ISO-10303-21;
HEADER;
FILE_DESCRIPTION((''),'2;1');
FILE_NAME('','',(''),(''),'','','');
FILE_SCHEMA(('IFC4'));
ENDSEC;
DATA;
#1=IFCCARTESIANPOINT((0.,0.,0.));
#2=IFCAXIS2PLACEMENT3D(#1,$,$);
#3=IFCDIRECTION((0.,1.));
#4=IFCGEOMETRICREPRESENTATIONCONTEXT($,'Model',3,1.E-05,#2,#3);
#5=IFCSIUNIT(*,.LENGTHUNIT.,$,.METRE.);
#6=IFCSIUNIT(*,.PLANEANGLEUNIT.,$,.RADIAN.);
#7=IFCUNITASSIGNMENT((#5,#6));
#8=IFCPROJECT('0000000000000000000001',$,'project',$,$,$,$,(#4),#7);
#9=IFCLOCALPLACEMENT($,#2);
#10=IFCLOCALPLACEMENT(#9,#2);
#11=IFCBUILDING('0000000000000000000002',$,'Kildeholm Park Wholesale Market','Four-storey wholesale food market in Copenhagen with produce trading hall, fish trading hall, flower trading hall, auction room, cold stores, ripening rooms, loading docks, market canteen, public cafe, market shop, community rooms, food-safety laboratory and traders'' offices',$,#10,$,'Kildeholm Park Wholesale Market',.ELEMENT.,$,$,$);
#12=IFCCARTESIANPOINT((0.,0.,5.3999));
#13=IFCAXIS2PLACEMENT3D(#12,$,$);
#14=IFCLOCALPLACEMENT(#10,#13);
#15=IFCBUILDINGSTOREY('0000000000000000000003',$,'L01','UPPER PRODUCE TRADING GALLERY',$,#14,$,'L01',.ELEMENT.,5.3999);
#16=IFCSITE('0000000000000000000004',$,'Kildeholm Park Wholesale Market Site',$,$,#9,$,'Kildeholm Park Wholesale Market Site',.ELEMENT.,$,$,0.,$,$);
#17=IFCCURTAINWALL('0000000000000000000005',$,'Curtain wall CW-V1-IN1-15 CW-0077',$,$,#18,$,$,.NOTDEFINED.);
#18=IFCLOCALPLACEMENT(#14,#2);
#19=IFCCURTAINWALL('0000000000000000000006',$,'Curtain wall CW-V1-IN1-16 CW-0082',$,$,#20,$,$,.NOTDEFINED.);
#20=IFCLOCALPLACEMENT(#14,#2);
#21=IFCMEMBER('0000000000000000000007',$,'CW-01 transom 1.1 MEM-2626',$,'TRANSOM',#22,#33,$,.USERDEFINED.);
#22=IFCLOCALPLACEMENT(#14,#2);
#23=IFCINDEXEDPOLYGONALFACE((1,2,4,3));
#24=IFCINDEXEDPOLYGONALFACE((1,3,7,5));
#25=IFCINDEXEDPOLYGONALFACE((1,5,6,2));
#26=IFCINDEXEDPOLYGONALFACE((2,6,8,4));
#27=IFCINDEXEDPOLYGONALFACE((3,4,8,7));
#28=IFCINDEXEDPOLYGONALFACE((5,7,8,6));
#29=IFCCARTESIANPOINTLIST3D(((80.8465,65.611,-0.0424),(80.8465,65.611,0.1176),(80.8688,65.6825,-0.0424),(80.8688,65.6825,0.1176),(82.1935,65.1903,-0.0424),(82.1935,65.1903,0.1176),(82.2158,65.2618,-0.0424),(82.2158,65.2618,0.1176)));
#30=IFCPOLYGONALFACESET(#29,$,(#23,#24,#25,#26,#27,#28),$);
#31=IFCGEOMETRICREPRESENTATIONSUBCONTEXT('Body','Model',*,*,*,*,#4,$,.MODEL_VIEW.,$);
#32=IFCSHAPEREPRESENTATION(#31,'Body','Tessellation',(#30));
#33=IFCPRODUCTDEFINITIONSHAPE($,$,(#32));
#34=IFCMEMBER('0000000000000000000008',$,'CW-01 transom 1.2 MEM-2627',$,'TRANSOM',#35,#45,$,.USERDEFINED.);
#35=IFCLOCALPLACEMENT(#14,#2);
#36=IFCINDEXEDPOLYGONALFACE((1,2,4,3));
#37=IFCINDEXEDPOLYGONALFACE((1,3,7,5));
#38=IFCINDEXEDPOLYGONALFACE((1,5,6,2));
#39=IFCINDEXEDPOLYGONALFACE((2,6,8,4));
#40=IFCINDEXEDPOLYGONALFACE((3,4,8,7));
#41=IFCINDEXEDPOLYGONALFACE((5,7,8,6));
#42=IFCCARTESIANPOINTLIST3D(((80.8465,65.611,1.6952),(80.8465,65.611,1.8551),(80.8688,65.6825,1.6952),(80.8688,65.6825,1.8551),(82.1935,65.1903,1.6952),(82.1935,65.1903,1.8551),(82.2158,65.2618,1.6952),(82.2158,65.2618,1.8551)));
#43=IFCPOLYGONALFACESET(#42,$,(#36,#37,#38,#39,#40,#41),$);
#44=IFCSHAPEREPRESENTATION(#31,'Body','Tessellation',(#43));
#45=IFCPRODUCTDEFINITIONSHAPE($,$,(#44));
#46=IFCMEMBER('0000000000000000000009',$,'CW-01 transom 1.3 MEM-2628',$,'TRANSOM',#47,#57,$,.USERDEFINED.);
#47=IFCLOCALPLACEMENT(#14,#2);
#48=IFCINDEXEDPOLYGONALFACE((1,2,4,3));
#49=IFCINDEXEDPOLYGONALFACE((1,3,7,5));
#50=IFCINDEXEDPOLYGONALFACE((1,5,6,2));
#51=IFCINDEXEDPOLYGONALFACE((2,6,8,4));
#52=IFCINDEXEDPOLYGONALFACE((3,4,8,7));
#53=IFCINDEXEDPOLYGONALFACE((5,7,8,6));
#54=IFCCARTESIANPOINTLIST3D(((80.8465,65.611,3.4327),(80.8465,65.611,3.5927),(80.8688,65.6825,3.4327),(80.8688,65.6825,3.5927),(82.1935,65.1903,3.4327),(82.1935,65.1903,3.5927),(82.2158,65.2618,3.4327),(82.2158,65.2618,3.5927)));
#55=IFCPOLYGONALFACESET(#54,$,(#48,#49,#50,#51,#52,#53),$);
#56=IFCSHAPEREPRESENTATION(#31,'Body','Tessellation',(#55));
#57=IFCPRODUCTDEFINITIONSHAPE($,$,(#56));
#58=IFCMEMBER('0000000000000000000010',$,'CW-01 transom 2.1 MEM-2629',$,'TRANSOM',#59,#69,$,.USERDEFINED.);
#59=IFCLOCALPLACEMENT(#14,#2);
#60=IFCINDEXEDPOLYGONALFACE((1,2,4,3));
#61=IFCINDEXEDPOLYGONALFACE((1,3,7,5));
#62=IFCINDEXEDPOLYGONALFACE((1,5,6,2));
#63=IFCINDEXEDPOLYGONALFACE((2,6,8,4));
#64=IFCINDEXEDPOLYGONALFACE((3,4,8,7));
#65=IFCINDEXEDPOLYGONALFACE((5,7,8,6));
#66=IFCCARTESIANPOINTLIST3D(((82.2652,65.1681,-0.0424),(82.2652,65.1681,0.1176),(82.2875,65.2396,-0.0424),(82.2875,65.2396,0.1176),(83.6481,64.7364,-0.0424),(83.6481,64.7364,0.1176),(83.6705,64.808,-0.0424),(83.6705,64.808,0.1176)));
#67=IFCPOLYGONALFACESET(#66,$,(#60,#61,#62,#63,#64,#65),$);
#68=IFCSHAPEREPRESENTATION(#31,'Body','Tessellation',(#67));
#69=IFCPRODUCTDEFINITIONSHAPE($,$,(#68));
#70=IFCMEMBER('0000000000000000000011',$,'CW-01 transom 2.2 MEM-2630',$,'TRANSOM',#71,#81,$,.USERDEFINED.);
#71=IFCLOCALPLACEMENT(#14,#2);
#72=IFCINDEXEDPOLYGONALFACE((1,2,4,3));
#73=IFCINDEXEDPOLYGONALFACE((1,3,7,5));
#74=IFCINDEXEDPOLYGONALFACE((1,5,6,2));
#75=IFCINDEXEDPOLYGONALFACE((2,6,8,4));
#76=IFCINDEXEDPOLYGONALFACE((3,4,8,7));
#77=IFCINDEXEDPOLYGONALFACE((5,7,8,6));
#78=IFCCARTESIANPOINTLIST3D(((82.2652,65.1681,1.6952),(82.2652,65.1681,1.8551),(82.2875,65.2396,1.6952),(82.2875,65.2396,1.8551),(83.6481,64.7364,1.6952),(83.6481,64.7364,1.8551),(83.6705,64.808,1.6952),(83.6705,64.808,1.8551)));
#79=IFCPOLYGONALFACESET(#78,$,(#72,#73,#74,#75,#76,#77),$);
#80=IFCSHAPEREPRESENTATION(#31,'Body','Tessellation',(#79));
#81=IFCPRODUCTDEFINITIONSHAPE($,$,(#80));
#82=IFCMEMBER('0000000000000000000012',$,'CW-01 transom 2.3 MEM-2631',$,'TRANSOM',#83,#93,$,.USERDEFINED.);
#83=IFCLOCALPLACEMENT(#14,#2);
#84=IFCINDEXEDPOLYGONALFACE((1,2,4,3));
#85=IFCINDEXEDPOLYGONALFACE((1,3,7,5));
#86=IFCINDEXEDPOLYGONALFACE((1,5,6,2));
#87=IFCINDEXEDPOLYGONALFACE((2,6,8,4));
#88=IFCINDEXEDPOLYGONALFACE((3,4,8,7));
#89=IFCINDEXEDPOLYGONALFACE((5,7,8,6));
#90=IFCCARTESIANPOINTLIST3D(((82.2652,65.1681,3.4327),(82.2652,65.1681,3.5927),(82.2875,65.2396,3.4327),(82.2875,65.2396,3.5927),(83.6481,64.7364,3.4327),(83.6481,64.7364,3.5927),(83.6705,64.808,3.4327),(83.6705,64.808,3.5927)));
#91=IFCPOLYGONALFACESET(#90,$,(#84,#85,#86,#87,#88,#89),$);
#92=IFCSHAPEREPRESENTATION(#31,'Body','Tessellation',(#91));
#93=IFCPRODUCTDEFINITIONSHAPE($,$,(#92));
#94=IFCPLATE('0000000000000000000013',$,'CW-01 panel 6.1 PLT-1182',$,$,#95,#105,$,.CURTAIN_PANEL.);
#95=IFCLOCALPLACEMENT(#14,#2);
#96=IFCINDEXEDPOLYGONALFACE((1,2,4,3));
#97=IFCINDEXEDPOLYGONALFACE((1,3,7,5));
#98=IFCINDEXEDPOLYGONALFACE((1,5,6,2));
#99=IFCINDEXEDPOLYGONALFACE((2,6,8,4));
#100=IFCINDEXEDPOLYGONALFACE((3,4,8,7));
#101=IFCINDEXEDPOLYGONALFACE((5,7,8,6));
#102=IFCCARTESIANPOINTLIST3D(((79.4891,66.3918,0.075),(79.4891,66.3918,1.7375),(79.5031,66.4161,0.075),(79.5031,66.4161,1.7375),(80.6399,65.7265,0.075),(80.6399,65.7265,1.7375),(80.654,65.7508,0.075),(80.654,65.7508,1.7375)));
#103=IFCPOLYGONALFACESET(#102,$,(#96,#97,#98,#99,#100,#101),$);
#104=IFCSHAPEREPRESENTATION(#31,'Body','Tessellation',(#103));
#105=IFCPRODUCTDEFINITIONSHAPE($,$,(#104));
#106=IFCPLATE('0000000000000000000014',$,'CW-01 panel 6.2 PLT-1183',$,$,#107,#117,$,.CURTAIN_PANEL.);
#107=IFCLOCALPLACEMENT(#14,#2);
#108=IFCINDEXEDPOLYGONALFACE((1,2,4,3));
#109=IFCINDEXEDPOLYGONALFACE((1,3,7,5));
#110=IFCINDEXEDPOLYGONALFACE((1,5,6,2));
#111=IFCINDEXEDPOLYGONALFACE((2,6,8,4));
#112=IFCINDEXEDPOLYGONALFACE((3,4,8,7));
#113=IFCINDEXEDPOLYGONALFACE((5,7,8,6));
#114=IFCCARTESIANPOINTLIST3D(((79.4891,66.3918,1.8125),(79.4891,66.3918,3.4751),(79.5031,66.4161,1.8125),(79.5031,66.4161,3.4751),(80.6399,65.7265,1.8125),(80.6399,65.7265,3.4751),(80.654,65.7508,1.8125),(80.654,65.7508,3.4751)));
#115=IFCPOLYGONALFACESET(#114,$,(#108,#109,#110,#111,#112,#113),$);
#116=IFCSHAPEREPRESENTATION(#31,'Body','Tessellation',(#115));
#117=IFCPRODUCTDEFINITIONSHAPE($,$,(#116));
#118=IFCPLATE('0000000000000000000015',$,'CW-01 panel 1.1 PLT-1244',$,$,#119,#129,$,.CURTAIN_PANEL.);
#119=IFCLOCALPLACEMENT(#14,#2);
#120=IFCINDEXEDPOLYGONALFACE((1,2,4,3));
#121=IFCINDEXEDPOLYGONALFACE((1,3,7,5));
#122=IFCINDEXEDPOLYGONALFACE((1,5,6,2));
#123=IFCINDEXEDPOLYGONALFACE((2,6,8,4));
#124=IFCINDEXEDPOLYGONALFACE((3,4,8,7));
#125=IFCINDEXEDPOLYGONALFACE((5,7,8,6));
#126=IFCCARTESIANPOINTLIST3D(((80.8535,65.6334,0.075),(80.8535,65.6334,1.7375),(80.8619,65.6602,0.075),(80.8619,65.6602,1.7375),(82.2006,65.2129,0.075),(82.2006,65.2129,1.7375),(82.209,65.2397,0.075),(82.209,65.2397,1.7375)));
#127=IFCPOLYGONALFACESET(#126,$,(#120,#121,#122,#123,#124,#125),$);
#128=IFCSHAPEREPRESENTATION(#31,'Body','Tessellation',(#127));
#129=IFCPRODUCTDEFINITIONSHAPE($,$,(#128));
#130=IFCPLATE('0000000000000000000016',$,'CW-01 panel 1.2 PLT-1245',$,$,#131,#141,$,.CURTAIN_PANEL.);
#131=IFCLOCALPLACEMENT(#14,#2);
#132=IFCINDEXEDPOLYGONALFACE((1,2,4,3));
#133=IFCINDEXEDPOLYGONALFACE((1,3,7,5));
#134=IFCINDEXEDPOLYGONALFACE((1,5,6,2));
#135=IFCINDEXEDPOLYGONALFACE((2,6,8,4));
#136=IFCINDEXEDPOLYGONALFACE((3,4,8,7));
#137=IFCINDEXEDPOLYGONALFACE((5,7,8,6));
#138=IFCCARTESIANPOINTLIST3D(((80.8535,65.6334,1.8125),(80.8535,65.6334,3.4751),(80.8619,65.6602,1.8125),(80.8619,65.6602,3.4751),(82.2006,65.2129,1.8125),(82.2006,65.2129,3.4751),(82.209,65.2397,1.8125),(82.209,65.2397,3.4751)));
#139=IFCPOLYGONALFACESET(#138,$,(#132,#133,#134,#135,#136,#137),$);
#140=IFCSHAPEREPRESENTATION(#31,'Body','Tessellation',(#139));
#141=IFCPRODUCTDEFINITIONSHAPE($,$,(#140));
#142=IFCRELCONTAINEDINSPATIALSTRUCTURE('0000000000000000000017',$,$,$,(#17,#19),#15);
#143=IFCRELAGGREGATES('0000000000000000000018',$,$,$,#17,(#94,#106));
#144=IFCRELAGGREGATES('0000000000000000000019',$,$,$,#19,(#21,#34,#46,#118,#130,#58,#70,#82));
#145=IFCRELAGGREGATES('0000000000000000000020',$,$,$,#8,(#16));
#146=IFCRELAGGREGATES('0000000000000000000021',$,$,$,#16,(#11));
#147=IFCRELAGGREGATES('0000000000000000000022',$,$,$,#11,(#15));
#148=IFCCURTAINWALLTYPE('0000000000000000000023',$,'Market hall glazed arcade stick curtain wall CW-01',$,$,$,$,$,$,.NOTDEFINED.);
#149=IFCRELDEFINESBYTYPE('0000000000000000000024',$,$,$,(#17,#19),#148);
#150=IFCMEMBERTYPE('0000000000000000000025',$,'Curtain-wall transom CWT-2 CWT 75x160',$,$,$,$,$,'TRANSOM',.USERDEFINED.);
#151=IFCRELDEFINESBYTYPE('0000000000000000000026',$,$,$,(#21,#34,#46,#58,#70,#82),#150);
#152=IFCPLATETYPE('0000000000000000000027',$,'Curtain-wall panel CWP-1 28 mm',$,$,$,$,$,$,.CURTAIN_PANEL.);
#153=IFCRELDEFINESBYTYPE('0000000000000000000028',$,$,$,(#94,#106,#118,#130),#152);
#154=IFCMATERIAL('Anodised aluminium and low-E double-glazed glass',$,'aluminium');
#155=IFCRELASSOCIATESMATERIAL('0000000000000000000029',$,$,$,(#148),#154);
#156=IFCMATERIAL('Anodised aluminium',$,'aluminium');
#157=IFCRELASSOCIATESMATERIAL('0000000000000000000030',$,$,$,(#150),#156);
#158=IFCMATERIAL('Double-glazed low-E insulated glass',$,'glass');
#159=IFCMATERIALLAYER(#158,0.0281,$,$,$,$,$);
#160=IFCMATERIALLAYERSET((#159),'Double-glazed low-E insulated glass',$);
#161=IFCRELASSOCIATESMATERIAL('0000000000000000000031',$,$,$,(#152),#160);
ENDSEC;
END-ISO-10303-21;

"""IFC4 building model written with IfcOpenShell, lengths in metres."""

from ifc_helpers import new_model, si_unit, direction, frame, origin, origin_2d, place, context, subcontext, project, spatial, rectangle, extrude, material, layer, layer_set, material_profile, profile_set, type_object, element, aggregate, save


model = new_model("IFC4")

# Units and contexts
model_context = context("Model", 3, precision=1e-05, world=origin(), true_north=direction((0.0, 1.0)))
body_context = subcontext(model_context, "Body", "Model", "MODEL_VIEW")
ifc_project = project(units=[si_unit("LENGTHUNIT", "METRE"), si_unit("PLANEANGLEUNIT", "RADIAN")], contexts=[model_context])

# Site, building, storey
site_placement = place(None, origin())
site = spatial("IfcSite", under=ifc_project, at=site_placement, Name="Kildeholm Park Wholesale Market Site", LongName="Kildeholm Park Wholesale Market Site", CompositionType="ELEMENT", RefElevation=0.0)
building_placement = place(site_placement, origin())
building = spatial("IfcBuilding", under=site, at=building_placement, Name="Kildeholm Park Wholesale Market", Description="Four-storey wholesale food market in Copenhagen with produce trading hall, fish trading hall, flower trading hall, auction room, cold stores, ripening rooms, loading docks, market canteen, public cafe, market shop, community rooms, food-safety laboratory and traders' offices", LongName="Kildeholm Park Wholesale Market", CompositionType="ELEMENT")
storey_placement = place(building_placement, frame((0.0, 0.0, 5.3999)))
storey = spatial("IfcBuildingStorey", under=building, at=storey_placement, Name="L01", Description="UPPER PRODUCE TRADING GALLERY", LongName="L01", CompositionType="ELEMENT", Elevation=5.3999)

# Curtain wall
ifc_material_1 = material(Name="Anodised aluminium and low-E double-glazed glass", Category="aluminium")
curtain_wall_type = type_object("IfcCurtainWallType", Name="Market hall glazed arcade stick curtain wall CW-01", PredefinedType="NOTDEFINED", material=ifc_material_1)
curtain_wall_1_placement = place(storey_placement, origin())
curtain_wall_1 = element("IfcCurtainWall", 1, at=curtain_wall_1_placement, inside=storey, type_object=curtain_wall_type, Name="Curtain wall CW-V1-IN1-15 CW-0077", PredefinedType="NOTDEFINED")
ifc_material_2 = material(Name="Anodised aluminium", Category="aluminium")

# Curtain wall, members
curtain_wall_2_placement = place(storey_placement, origin())
curtain_wall_2 = element("IfcCurtainWall", 2, at=curtain_wall_2_placement, inside=storey, type_object=curtain_wall_type, Name="Curtain wall CW-V1-IN1-16 CW-0082", PredefinedType="NOTDEFINED")
ifc_material_profile_1 = material_profile(ifc_material_2, rectangle(XDim=0.075, YDim=0.1599, at=origin_2d()), Name="CWT 75x160")
ifc_profile_set_1 = profile_set([ifc_material_profile_1], Name="Anodised aluminium")
member_type_1 = type_object("IfcMemberType", Name="Curtain-wall transom CWT-2 CWT 75x160", ElementType="TRANSOM", PredefinedType="USERDEFINED", material=ifc_profile_set_1)
member_1_placement = place(storey_placement, frame((80.8577, 65.6467, 0.0376), z_axis=(0.954532, -0.298108, 0.0), x_axis=(0.298108, 0.954532, 0.0)))
member_1 = element("IfcMember", 3, at=member_1_placement, type_object=member_type_1, Name="CW-01 transom 1.1 MEM-2626", ObjectType="TRANSOM", PredefinedType="USERDEFINED", context=body_context, shape_type="SweptSolid", body=[
    extrude(rectangle(XDim=0.075, YDim=0.1599, at=origin_2d()), origin(), (0.0, 0.0, 1.0), 1.4111),
])
member_2_placement = place(storey_placement, frame((80.8577, 65.6467, 1.7751), z_axis=(0.954532, -0.298108, 0.0), x_axis=(0.298108, 0.954532, 0.0)))
member_2 = element("IfcMember", 4, at=member_2_placement, type_object=member_type_1, Name="CW-01 transom 1.2 MEM-2627", ObjectType="TRANSOM", PredefinedType="USERDEFINED", context=body_context, shape_type="SweptSolid", body=[
    extrude(rectangle(XDim=0.075, YDim=0.1599, at=origin_2d()), origin(), (0.0, 0.0, 1.0), 1.4111),
])
member_3_placement = place(storey_placement, frame((80.8577, 65.6467, 3.5127), z_axis=(0.954532, -0.298108, 0.0), x_axis=(0.298108, 0.954532, 0.0)))
member_3 = element("IfcMember", 5, at=member_3_placement, type_object=member_type_1, Name="CW-01 transom 1.3 MEM-2628", ObjectType="TRANSOM", PredefinedType="USERDEFINED", context=body_context, shape_type="SweptSolid", body=[
    extrude(rectangle(XDim=0.075, YDim=0.1599, at=origin_2d()), origin(), (0.0, 0.0, 1.0), 1.4111),
])
member_4_placement = place(storey_placement, frame((82.2764, 65.2039, 0.0376), z_axis=(0.954576, -0.297968, 0.0), x_axis=(0.297968, 0.954576, 0.0)))
member_4 = element("IfcMember", 6, at=member_4_placement, type_object=member_type_1, Name="CW-01 transom 2.1 MEM-2629", ObjectType="TRANSOM", PredefinedType="USERDEFINED", context=body_context, shape_type="SweptSolid", body=[
    extrude(rectangle(XDim=0.075, YDim=0.1599, at=origin_2d()), origin(), (0.0, 0.0, 1.0), 1.4487),
])
member_5_placement = place(storey_placement, frame((82.2764, 65.2039, 1.7751), z_axis=(0.954576, -0.297968, 0.0), x_axis=(0.297968, 0.954576, 0.0)))
member_5 = element("IfcMember", 7, at=member_5_placement, type_object=member_type_1, Name="CW-01 transom 2.2 MEM-2630", ObjectType="TRANSOM", PredefinedType="USERDEFINED", context=body_context, shape_type="SweptSolid", body=[
    extrude(rectangle(XDim=0.075, YDim=0.1599, at=origin_2d()), origin(), (0.0, 0.0, 1.0), 1.4487),
])
member_6_placement = place(storey_placement, frame((82.2764, 65.2039, 3.5127), z_axis=(0.954576, -0.297968, 0.0), x_axis=(0.297968, 0.954576, 0.0)))
member_6 = element("IfcMember", 8, at=member_6_placement, type_object=member_type_1, Name="CW-01 transom 2.3 MEM-2631", ObjectType="TRANSOM", PredefinedType="USERDEFINED", context=body_context, shape_type="SweptSolid", body=[
    extrude(rectangle(XDim=0.075, YDim=0.1599, at=origin_2d()), origin(), (0.0, 0.0, 1.0), 1.4487),
])

# Plates
ifc_material_3 = material(Name="Double-glazed low-E insulated glass", Category="glass")
ifc_layer = layer(ifc_material_3, 0.0281)
ifc_layer_set = layer_set([ifc_layer], Name="Double-glazed low-E insulated glass")
plate_type = type_object("IfcPlateType", Name="Curtain-wall panel CWP-1 28 mm", PredefinedType="CURTAIN_PANEL", material=ifc_layer_set)
plate_1_placement = place(storey_placement, frame((80.0715, 66.0713, 0.075), z_axis=(0.0, 0.0, 1.0), x_axis=(0.865743, -0.500489, 0.0)))
plate_1 = element("IfcPlate", 9, at=plate_1_placement, type_object=plate_type, Name="CW-01 panel 6.1 PLT-1182", PredefinedType="CURTAIN_PANEL", context=body_context, shape_type="SweptSolid", body=[
    extrude(rectangle(XDim=1.3293, YDim=0.0281, at=origin_2d()), origin(), (0.0, 0.0, 1.0), 1.6626),
])
plate_2_placement = place(storey_placement, frame((80.0715, 66.0713, 1.8125), z_axis=(0.0, 0.0, 1.0), x_axis=(0.865743, -0.500489, 0.0)))
plate_2 = element("IfcPlate", 10, at=plate_2_placement, type_object=plate_type, Name="CW-01 panel 6.2 PLT-1183", PredefinedType="CURTAIN_PANEL", context=body_context, shape_type="SweptSolid", body=[
    extrude(rectangle(XDim=1.3293, YDim=0.0281, at=origin_2d()), origin(), (0.0, 0.0, 1.0), 1.6626),
])
aggregate(curtain_wall_1, [plate_1, plate_2])
plate_3_placement = place(storey_placement, frame((81.5312, 65.4365, 0.075), z_axis=(0.0, 0.0, 1.0), x_axis=(0.954579, -0.297957, 0.0)))
plate_3 = element("IfcPlate", 11, at=plate_3_placement, type_object=plate_type, Name="CW-01 panel 1.1 PLT-1244", PredefinedType="CURTAIN_PANEL", context=body_context, shape_type="SweptSolid", body=[
    extrude(rectangle(XDim=1.4111, YDim=0.0281, at=origin_2d()), origin(), (0.0, 0.0, 1.0), 1.6626),
])
plate_4_placement = place(storey_placement, frame((81.5312, 65.4365, 1.8125), z_axis=(0.0, 0.0, 1.0), x_axis=(0.954579, -0.297957, 0.0)))
plate_4 = element("IfcPlate", 12, at=plate_4_placement, type_object=plate_type, Name="CW-01 panel 1.2 PLT-1245", PredefinedType="CURTAIN_PANEL", context=body_context, shape_type="SweptSolid", body=[
    extrude(rectangle(XDim=1.4111, YDim=0.0281, at=origin_2d()), origin(), (0.0, 0.0, 1.0), 1.6626),
])
aggregate(curtain_wall_2, [member_1, member_2, member_3, plate_3, plate_4, member_4, member_5, member_6])

save(model, "model.ifc")
